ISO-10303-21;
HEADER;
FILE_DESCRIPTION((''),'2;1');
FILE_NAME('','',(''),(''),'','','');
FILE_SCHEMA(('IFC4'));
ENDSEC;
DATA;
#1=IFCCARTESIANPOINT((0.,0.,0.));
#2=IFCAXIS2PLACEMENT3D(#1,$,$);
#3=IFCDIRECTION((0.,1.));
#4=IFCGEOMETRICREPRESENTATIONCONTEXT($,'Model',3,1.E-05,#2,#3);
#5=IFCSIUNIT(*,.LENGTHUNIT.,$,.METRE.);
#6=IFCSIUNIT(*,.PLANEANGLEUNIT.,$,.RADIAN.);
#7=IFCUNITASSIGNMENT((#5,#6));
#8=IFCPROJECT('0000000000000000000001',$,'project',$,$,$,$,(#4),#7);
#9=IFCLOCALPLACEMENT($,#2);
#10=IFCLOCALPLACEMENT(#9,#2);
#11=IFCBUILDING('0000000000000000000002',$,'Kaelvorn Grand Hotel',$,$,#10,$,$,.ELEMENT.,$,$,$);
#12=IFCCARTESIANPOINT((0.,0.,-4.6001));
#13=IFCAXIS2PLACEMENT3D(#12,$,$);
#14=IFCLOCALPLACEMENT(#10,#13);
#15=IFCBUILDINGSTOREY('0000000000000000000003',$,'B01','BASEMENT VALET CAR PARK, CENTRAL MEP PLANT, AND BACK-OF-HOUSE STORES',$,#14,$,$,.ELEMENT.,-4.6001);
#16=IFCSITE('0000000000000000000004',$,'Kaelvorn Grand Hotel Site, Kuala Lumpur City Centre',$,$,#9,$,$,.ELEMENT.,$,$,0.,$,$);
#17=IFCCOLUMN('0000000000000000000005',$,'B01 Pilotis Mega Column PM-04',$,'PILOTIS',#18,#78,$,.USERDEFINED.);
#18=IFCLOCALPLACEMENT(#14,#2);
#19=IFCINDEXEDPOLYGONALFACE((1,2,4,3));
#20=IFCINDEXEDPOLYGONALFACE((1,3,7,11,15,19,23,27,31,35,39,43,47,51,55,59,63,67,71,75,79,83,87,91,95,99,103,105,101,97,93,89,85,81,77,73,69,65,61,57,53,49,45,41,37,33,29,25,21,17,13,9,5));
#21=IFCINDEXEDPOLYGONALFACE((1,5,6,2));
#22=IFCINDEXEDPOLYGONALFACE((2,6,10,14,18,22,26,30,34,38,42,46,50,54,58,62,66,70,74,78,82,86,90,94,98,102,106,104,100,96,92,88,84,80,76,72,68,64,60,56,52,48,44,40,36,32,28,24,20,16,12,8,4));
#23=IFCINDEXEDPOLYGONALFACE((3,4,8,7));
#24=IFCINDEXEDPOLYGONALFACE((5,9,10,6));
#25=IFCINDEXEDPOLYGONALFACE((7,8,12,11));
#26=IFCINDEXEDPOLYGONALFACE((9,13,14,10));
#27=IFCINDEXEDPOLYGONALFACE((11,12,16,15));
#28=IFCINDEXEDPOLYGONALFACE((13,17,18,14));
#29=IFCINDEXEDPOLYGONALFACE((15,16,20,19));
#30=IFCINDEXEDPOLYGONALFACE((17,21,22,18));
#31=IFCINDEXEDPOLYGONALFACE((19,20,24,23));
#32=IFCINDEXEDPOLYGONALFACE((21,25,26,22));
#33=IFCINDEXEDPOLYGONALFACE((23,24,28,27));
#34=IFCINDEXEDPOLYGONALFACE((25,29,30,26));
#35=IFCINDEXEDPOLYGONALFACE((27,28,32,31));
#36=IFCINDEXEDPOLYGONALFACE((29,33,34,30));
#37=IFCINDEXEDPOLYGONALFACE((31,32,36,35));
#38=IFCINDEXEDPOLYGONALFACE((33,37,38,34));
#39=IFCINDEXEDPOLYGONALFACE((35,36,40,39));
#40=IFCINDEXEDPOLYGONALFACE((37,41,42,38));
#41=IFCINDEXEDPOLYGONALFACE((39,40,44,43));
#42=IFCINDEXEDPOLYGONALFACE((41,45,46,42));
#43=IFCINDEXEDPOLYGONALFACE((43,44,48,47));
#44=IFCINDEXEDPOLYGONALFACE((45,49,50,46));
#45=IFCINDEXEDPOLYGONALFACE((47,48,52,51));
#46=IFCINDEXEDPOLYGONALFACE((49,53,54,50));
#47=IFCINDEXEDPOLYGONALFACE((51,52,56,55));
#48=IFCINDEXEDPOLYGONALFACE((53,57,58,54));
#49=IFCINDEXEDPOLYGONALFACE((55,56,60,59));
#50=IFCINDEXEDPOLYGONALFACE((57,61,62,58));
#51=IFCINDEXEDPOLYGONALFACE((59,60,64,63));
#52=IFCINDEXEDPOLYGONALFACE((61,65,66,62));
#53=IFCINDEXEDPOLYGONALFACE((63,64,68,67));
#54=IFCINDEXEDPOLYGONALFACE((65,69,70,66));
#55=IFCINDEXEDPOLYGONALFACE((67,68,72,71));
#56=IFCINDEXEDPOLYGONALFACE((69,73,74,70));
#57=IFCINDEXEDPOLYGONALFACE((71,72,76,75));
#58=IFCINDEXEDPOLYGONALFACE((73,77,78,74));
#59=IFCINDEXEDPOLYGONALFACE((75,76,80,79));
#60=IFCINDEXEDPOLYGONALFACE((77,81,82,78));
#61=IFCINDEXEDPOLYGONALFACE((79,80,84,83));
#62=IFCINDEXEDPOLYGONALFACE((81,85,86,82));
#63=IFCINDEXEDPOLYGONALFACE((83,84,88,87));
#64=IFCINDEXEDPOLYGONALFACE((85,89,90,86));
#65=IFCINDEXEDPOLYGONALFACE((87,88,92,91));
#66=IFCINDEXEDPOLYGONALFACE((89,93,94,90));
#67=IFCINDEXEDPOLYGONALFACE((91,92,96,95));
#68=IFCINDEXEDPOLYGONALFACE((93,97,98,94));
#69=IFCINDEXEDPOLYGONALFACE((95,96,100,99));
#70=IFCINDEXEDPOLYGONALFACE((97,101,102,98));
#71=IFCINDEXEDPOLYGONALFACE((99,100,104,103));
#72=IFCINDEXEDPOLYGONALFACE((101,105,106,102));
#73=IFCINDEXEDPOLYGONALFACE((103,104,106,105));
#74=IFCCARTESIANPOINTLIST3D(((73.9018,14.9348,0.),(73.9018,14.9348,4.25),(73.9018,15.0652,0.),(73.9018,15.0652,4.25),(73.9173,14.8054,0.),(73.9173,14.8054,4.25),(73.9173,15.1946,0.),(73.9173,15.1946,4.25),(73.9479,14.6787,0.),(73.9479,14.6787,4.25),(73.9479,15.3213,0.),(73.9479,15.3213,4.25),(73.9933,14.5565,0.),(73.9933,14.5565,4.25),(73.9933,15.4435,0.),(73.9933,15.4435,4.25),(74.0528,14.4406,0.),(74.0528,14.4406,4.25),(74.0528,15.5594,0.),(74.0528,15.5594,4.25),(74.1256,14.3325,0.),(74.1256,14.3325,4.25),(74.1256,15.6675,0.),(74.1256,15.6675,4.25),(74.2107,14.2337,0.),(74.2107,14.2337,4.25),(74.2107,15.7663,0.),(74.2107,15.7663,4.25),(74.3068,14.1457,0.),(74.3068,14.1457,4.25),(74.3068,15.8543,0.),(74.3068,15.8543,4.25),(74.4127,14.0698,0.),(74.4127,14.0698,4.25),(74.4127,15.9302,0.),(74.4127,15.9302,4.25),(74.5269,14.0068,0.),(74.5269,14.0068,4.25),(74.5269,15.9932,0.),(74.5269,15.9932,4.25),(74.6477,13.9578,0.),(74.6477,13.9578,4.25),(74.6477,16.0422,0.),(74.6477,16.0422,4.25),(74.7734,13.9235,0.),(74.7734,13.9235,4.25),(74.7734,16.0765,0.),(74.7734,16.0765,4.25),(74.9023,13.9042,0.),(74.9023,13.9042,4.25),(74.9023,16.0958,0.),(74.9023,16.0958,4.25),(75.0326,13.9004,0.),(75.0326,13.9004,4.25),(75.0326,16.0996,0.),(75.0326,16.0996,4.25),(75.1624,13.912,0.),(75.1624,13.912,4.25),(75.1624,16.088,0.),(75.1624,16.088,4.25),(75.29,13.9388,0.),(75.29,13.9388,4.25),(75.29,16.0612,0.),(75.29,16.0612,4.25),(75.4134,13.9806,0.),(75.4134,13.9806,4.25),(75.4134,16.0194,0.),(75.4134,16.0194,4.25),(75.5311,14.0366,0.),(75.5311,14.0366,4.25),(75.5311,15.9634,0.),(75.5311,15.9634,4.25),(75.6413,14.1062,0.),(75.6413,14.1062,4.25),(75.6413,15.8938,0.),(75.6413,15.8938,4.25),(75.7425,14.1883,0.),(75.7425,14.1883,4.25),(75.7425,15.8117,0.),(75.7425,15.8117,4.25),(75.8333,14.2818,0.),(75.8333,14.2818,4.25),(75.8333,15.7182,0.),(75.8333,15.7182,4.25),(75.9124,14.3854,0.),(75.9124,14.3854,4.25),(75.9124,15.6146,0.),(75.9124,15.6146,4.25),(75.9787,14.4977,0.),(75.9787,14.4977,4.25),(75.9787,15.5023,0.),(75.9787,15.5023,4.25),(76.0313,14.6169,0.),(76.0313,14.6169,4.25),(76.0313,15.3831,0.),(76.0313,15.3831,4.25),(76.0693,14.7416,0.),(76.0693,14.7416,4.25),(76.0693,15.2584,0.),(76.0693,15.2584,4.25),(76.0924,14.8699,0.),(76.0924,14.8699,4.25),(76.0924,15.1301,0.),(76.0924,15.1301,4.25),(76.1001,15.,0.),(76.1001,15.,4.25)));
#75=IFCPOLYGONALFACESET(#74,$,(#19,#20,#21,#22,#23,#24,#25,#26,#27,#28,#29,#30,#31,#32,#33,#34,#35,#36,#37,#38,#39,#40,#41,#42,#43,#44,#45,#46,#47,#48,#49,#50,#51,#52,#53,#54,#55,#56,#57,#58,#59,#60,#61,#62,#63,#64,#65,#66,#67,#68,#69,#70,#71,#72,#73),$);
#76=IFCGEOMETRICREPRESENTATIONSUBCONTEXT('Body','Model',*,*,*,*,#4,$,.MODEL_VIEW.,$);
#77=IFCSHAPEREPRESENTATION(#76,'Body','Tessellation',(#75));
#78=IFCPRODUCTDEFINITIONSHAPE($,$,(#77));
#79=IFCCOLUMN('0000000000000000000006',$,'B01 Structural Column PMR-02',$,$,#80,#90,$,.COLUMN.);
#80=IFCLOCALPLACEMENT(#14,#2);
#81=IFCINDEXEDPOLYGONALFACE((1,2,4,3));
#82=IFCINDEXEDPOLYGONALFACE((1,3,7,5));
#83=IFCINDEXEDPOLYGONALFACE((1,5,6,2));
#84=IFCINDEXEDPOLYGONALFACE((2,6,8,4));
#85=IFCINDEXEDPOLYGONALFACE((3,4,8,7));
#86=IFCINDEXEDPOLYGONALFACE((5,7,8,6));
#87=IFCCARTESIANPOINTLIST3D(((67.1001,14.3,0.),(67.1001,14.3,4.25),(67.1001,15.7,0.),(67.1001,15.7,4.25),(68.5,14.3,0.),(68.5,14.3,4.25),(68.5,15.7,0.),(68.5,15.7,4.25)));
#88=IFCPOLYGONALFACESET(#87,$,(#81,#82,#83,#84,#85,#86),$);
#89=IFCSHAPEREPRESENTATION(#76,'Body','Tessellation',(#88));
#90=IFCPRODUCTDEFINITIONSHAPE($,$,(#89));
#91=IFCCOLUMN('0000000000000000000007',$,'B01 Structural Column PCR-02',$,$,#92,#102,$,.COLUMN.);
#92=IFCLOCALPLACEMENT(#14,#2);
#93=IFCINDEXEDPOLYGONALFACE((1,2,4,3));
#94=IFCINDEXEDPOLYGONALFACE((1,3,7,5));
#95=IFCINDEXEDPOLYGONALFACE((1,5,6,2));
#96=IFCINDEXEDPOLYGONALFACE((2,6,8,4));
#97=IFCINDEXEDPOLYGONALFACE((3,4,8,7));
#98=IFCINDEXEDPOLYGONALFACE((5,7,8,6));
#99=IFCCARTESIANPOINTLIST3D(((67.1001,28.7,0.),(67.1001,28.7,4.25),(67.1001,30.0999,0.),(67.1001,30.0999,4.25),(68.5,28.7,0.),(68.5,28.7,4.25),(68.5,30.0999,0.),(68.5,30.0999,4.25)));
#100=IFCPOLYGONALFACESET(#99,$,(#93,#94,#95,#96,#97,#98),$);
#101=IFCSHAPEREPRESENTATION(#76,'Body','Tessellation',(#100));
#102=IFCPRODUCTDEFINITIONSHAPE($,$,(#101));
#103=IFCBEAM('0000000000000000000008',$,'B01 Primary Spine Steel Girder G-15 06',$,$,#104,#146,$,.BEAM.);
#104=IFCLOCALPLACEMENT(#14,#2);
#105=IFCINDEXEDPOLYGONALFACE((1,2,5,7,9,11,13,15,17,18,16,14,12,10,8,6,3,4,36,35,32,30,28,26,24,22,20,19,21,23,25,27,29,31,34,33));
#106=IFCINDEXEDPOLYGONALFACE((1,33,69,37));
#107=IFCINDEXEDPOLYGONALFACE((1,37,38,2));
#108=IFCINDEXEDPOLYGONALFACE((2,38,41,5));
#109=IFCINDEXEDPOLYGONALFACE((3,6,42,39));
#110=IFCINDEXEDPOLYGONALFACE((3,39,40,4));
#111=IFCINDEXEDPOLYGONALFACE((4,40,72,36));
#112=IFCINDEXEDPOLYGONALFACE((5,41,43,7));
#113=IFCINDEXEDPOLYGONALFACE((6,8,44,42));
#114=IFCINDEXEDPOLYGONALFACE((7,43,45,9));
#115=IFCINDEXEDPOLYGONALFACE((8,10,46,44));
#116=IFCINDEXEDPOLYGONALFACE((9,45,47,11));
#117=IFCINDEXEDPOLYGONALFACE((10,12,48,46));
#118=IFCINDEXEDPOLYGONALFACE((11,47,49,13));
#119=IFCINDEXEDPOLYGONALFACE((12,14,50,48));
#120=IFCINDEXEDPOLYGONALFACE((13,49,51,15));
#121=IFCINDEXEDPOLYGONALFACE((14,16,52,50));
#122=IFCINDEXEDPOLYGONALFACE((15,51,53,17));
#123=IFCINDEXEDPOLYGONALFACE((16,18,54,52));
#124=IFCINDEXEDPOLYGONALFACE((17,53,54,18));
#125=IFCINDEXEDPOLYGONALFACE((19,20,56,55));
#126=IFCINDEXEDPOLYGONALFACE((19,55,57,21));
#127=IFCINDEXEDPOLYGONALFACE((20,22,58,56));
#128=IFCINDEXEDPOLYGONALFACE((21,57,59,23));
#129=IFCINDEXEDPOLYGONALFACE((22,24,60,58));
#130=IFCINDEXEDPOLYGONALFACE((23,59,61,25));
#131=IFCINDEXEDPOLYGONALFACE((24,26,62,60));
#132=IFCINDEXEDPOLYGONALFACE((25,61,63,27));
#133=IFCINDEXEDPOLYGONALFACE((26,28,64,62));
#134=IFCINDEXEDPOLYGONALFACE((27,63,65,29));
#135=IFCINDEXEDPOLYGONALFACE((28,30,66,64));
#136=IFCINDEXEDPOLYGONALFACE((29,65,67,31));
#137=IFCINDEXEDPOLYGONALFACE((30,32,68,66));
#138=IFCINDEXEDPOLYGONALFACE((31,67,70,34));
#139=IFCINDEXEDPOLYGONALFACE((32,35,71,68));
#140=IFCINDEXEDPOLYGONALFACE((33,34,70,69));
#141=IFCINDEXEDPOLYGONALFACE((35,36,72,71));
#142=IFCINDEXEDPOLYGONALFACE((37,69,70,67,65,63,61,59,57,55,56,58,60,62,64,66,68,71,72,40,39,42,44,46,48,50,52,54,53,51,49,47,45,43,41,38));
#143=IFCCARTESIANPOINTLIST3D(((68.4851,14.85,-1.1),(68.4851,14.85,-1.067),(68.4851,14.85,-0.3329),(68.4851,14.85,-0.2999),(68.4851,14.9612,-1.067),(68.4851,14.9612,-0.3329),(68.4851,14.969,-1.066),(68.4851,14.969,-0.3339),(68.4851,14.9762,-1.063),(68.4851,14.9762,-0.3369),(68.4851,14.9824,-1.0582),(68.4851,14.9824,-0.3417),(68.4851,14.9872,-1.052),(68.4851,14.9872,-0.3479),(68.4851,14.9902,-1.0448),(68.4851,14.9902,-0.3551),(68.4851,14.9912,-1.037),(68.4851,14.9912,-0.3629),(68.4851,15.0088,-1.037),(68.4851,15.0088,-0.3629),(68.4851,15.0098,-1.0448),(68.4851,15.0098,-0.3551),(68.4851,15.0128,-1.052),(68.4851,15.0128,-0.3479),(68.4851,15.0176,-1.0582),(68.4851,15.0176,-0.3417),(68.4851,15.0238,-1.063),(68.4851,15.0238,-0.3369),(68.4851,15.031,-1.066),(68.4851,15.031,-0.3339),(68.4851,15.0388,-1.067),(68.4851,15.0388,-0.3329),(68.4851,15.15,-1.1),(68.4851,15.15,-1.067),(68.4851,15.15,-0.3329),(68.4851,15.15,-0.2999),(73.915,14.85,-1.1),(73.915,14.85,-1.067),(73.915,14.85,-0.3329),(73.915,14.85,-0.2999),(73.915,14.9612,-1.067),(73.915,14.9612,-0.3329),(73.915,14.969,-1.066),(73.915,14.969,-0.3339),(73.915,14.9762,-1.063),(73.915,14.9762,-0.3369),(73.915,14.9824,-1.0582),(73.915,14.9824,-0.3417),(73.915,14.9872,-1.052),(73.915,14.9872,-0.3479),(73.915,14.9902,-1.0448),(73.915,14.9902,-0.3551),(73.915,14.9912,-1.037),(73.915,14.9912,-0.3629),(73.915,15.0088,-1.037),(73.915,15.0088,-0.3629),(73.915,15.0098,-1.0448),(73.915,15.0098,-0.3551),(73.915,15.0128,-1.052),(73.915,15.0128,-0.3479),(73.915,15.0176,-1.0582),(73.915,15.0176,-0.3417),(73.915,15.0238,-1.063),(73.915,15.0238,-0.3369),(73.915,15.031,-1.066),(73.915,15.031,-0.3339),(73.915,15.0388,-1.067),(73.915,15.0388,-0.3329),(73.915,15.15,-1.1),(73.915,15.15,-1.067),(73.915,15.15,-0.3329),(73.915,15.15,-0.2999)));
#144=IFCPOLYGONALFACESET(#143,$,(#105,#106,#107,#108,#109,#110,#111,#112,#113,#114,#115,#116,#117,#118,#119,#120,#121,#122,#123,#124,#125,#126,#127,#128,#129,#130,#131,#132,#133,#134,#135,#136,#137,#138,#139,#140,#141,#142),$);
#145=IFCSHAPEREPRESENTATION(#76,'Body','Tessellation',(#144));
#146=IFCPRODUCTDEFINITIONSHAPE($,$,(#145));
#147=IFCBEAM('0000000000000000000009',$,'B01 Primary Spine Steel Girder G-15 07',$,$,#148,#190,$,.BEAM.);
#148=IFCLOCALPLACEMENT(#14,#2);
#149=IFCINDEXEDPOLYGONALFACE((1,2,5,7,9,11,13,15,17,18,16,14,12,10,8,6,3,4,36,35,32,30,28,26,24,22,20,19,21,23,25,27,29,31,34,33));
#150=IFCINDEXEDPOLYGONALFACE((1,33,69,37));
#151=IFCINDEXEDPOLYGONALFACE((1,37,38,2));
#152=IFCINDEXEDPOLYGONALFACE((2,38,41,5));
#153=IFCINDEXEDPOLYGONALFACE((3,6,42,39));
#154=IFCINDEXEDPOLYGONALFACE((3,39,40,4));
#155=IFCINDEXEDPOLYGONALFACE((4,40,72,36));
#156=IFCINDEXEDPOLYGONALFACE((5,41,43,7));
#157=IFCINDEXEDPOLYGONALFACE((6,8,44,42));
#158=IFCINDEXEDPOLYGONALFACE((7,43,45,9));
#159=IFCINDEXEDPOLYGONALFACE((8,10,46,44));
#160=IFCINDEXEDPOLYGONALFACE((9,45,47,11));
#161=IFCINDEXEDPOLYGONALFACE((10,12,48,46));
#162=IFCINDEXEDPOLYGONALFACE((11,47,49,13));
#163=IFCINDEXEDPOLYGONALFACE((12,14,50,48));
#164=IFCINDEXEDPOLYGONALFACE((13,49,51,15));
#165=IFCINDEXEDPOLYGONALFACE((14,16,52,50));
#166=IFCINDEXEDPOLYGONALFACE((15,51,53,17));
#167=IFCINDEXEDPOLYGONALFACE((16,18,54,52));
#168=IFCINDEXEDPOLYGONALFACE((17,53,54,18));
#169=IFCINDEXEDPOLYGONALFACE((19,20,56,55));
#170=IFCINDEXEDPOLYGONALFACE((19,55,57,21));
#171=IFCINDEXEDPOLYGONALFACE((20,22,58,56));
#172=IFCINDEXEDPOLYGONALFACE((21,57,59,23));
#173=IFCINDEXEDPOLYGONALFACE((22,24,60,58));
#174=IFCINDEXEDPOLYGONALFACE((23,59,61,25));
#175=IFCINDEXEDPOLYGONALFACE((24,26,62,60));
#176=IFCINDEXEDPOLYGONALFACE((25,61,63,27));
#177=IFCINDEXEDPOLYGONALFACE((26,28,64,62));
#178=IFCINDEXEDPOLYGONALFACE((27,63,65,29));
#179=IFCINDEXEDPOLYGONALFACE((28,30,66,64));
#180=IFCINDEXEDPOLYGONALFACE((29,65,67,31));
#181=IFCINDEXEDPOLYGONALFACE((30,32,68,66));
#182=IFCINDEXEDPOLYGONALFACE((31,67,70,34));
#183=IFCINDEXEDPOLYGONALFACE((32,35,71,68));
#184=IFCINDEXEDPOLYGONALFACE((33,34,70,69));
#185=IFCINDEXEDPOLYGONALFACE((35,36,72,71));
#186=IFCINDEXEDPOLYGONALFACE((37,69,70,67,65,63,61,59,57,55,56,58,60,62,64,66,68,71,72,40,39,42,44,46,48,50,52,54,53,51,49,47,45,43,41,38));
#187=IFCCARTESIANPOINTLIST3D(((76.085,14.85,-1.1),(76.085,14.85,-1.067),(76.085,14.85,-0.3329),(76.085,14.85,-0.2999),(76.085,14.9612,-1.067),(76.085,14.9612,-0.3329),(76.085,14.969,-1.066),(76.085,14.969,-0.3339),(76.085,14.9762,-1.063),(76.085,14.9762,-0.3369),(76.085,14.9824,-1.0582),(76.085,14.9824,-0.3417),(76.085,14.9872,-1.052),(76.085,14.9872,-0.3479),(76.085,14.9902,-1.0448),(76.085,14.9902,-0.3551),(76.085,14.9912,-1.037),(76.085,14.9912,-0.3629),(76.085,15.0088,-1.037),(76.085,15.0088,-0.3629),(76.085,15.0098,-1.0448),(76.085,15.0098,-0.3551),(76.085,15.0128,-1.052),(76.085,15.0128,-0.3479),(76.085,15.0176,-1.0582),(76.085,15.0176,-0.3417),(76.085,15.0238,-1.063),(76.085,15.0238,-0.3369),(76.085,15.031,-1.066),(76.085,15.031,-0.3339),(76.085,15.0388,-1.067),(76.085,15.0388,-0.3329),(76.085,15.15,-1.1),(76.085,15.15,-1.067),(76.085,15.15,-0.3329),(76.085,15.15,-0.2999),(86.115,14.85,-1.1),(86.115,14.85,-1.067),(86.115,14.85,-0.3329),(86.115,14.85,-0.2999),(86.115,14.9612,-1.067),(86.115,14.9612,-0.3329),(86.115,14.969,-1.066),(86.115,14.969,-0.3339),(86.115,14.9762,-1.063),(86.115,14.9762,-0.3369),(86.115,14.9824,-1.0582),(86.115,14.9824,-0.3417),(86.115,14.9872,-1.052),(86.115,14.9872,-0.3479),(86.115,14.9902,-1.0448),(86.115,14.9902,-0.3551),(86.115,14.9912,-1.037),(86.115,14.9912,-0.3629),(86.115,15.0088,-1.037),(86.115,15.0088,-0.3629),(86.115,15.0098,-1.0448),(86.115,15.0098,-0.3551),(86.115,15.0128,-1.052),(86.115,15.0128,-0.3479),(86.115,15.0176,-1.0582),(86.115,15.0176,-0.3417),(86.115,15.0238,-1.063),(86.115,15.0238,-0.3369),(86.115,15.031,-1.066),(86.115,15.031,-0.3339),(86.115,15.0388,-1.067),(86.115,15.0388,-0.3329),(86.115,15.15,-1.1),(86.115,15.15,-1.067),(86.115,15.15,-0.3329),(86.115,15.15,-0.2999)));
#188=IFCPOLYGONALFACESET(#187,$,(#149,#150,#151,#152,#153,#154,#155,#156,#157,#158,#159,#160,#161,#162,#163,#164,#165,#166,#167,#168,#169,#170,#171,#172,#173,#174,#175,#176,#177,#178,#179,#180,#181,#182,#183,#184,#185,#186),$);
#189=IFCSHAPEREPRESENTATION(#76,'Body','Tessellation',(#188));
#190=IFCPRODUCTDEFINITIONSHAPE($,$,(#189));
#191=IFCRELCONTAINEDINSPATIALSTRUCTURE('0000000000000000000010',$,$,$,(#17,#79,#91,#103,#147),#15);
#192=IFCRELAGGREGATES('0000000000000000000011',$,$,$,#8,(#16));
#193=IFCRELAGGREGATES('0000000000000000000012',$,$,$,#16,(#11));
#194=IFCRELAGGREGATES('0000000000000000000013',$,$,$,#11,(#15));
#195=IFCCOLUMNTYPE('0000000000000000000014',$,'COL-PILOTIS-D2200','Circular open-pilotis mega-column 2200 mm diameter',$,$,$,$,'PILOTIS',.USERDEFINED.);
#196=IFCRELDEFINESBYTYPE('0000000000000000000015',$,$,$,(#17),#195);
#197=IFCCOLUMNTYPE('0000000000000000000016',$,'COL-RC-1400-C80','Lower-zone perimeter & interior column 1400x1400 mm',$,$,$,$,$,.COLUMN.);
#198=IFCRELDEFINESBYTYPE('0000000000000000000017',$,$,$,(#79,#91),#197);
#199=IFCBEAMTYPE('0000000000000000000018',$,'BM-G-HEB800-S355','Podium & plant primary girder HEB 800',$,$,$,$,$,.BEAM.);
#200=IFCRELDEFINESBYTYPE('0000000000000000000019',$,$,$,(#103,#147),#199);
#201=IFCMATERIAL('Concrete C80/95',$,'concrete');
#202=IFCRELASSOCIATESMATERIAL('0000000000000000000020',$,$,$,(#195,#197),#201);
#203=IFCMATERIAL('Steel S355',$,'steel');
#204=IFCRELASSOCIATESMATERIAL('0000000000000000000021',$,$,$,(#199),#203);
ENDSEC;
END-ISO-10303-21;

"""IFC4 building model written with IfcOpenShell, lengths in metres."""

from ifc_helpers import new_model, si_unit, direction, frame, origin, origin_2d, place, context, subcontext, project, spatial, rectangle, circle, i_section, extrude, material, material_profile, profile_set, type_object, element, save


model = new_model("IFC4")

# Units and contexts
model_context = context("Model", 3, precision=1e-05, world=origin(), true_north=direction((0.0, 1.0)))
body_context = subcontext(model_context, "Body", "Model", "MODEL_VIEW")
ifc_project = project(units=[si_unit("LENGTHUNIT", "METRE"), si_unit("PLANEANGLEUNIT", "RADIAN")], contexts=[model_context])

# Site, building, storey
site_placement = place(None, origin())
site = spatial("IfcSite", under=ifc_project, at=site_placement, Name="Kaelvorn Grand Hotel Site, Kuala Lumpur City Centre", CompositionType="ELEMENT", RefElevation=0.0)
building_placement = place(site_placement, origin())
building = spatial("IfcBuilding", under=site, at=building_placement, Name="Kaelvorn Grand Hotel", CompositionType="ELEMENT")
storey_placement = place(building_placement, frame((0.0, 0.0, -4.6001)))
storey = spatial("IfcBuildingStorey", under=building, at=storey_placement, Name="B01", Description="BASEMENT VALET CAR PARK, CENTRAL MEP PLANT, AND BACK-OF-HOUSE STORES", CompositionType="ELEMENT", Elevation=-4.6001)

# Columns
ifc_material_1 = material(Name="Concrete C80/95", Category="concrete")
ifc_material_profile_1 = material_profile(ifc_material_1, circle(Radius=1.1001, at=origin_2d()), Name="PILOTIS D2200")
ifc_profile_set_1 = profile_set([ifc_material_profile_1], Name="Concrete C80/95")
column_type_1 = type_object("IfcColumnType", Name="COL-PILOTIS-D2200", Description="Circular open-pilotis mega-column 2200 mm diameter", ElementType="PILOTIS", PredefinedType="USERDEFINED", material=ifc_profile_set_1)
for number, where, z_axis, x_axis, name in (
    (1, (75.0, 15.0, 0.0), (0.0, 0.0, 1.0), (1.0, 0.0, 0.0), "B01 Pilotis Mega Column PM-04"),
):
    element("IfcColumn", number, at=place(storey_placement, frame(where, z_axis=z_axis, x_axis=x_axis)), inside=storey, type_object=column_type_1, Name=name, ObjectType="PILOTIS", PredefinedType="USERDEFINED", context=body_context, shape_type="SweptSolid", body=[
        extrude(circle(Radius=1.1001, at=origin_2d()), origin(), (0.0, 0.0, 1.0), 4.25),
    ])
ifc_material_profile_2 = material_profile(ifc_material_1, rectangle(XDim=1.3999, YDim=1.3999, at=origin_2d()), Name="RC COL 1400x1400")
ifc_profile_set_2 = profile_set([ifc_material_profile_2], Name="Concrete C80/95")
column_type_2 = type_object("IfcColumnType", Name="COL-RC-1400-C80", Description="Lower-zone perimeter & interior column 1400x1400 mm", PredefinedType="COLUMN", material=ifc_profile_set_2)
for number, where, z_axis, x_axis, name in (
    (2, (67.8, 15.0, 0.0), (0.0, 0.0, 1.0), (1.0, 0.0, 0.0), "B01 Structural Column PMR-02"),
    (3, (67.8, 29.3999, 0.0), (0.0, 0.0, 1.0), (1.0, 0.0, 0.0), "B01 Structural Column PCR-02"),
):
    element("IfcColumn", number, at=place(storey_placement, frame(where, z_axis=z_axis, x_axis=x_axis)), inside=storey, type_object=column_type_2, Name=name, PredefinedType="COLUMN", context=body_context, shape_type="SweptSolid", body=[
        extrude(rectangle(XDim=1.3999, YDim=1.3999, at=origin_2d()), origin(), (0.0, 0.0, 1.0), 4.25),
    ])

# Beams
ifc_material_2 = material(Name="Steel S355", Category="steel")
ifc_material_profile_3 = material_profile(ifc_material_2, i_section(OverallWidth=0.3, OverallDepth=0.8, WebThickness=0.0176, FlangeThickness=0.033, FilletRadius=0.03, at=origin_2d()), Name="HEB 800")
ifc_profile_set_3 = profile_set([ifc_material_profile_3], Name="Steel S355")
beam_type_1 = type_object("IfcBeamType", Name="BM-G-HEB800-S355", Description="Podium & plant primary girder HEB 800", PredefinedType="BEAM", material=ifc_profile_set_3)
beam_1_placement = place(storey_placement, frame((68.4851, 15.0, -0.7), z_axis=(1.0, 0.0, 0.0), x_axis=(0.0, 1.0, 0.0)))
element("IfcBeam", 4, at=beam_1_placement, inside=storey, type_object=beam_type_1, Name="B01 Primary Spine Steel Girder G-15 06", PredefinedType="BEAM", context=body_context, shape_type="SweptSolid", body=[
    extrude(i_section(OverallWidth=0.3, OverallDepth=0.8, WebThickness=0.0176, FlangeThickness=0.033, FilletRadius=0.03, at=origin_2d()), origin(), (0.0, 0.0, 1.0), 5.4299),
])
beam_2_placement = place(storey_placement, frame((76.085, 15.0, -0.7), z_axis=(1.0, 0.0, 0.0), x_axis=(0.0, 1.0, 0.0)))
element("IfcBeam", 5, at=beam_2_placement, inside=storey, type_object=beam_type_1, Name="B01 Primary Spine Steel Girder G-15 07", PredefinedType="BEAM", context=body_context, shape_type="SweptSolid", body=[
    extrude(i_section(OverallWidth=0.3, OverallDepth=0.8, WebThickness=0.0176, FlangeThickness=0.033, FilletRadius=0.03, at=origin_2d()), origin(), (0.0, 0.0, 1.0), 10.03),
])

save(model, "model.ifc")
